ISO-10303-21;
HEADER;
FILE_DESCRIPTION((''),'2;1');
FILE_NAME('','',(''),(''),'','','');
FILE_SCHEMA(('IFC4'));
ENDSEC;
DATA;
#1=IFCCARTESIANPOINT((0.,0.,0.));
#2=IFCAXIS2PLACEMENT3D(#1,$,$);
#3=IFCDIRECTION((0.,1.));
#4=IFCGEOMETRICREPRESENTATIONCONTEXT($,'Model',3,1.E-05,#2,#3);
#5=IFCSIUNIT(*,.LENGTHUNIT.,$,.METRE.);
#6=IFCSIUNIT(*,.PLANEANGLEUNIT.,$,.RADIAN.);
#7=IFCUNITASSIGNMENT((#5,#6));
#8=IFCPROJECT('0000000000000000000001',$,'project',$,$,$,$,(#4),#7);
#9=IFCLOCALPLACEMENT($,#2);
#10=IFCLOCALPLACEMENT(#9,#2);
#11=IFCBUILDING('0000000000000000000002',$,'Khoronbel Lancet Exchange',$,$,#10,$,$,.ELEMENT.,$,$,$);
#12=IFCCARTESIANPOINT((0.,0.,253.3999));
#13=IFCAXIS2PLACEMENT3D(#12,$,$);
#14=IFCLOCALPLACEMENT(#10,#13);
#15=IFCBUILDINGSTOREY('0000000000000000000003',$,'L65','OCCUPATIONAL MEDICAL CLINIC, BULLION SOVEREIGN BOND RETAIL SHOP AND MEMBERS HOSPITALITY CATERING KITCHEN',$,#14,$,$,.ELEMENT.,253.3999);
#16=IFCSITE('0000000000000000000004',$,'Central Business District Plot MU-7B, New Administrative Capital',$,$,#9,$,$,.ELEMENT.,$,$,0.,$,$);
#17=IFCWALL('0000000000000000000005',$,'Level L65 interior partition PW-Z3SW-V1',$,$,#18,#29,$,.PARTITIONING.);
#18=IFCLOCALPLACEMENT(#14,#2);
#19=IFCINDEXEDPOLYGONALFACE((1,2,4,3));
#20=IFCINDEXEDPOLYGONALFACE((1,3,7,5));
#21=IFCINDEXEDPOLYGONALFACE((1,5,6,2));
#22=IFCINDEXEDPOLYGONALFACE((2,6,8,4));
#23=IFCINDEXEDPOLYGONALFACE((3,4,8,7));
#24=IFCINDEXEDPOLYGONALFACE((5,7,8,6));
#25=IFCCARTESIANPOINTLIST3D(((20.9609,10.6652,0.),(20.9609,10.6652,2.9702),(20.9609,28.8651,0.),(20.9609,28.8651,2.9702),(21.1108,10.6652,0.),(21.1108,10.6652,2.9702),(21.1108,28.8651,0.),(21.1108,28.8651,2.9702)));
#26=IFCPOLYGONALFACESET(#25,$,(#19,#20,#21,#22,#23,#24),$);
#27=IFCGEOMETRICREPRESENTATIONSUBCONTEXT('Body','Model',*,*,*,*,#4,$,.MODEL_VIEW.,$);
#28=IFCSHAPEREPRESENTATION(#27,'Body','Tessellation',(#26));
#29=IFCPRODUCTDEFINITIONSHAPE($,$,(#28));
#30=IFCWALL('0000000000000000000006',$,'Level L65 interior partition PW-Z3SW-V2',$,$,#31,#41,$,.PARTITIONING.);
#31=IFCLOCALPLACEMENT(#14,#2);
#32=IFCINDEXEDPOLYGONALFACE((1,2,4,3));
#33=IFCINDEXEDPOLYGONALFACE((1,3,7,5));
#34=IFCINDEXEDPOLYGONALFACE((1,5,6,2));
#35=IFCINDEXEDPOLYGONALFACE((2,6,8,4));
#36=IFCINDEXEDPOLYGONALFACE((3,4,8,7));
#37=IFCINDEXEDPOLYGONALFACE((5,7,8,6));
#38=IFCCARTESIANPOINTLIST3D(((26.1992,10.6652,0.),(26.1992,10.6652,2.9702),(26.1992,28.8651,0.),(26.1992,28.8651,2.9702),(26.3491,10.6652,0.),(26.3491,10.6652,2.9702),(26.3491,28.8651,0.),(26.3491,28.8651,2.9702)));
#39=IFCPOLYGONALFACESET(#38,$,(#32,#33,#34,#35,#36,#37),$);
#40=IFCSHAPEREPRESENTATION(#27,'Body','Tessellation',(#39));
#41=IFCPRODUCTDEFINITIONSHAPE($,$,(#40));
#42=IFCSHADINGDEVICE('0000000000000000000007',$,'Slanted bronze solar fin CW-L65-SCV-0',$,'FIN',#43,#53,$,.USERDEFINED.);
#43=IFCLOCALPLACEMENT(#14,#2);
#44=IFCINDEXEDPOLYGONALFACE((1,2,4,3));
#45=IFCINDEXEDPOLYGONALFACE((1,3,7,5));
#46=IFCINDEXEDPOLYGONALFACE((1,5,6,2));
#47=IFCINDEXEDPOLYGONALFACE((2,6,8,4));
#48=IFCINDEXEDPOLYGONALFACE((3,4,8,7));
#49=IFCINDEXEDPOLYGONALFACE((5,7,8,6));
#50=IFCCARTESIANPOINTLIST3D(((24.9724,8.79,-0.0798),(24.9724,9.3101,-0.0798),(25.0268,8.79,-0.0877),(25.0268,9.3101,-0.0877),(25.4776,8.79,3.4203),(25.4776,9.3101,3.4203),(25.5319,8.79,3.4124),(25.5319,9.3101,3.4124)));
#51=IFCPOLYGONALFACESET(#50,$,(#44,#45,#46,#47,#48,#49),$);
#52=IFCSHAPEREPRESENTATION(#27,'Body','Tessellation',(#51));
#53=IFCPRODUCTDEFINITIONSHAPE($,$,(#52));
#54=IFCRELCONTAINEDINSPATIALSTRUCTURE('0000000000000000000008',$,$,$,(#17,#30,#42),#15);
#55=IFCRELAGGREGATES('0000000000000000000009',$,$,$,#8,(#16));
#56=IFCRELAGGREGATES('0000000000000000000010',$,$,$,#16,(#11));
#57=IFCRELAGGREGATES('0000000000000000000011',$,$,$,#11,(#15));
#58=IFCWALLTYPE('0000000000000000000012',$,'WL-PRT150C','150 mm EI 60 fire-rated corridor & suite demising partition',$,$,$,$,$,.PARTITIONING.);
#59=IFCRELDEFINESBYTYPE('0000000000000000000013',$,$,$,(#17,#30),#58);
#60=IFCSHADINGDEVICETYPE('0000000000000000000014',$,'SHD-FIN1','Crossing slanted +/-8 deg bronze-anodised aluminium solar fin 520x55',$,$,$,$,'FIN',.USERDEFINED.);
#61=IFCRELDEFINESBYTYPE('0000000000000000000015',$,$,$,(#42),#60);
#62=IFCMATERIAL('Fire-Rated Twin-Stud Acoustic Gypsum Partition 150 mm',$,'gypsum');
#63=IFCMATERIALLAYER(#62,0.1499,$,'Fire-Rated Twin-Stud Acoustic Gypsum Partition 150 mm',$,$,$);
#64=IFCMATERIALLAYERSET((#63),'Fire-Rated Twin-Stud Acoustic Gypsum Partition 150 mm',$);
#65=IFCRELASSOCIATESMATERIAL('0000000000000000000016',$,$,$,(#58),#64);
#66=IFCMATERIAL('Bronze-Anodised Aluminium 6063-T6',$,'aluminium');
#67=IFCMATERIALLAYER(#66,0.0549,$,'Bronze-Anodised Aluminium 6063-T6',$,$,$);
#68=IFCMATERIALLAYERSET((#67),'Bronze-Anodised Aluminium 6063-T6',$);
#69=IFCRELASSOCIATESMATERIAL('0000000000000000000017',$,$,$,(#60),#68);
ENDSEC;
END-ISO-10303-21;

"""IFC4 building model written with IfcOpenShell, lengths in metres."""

from ifc_helpers import new_model, si_unit, direction, frame, frame_2d, origin, place, context, subcontext, project, spatial, polyline, rectangle, outline, extrude, material, layer, layer_set, type_object, element, save


model = new_model("IFC4")

# Units and contexts
model_context = context("Model", 3, precision=1e-05, world=origin(), true_north=direction((0.0, 1.0)))
body_context = subcontext(model_context, "Body", "Model", "MODEL_VIEW")
ifc_project = project(units=[si_unit("LENGTHUNIT", "METRE"), si_unit("PLANEANGLEUNIT", "RADIAN")], contexts=[model_context])

# Site, building, storey
site_placement = place(None, origin())
site = spatial("IfcSite", under=ifc_project, at=site_placement, Name="Central Business District Plot MU-7B, New Administrative Capital", CompositionType="ELEMENT", RefElevation=0.0)
building_placement = place(site_placement, origin())
building = spatial("IfcBuilding", under=site, at=building_placement, Name="Khoronbel Lancet Exchange", CompositionType="ELEMENT")
storey_placement = place(building_placement, frame((0.0, 0.0, 253.3999)))
storey = spatial("IfcBuildingStorey", under=building, at=storey_placement, Name="L65", Description="OCCUPATIONAL MEDICAL CLINIC, BULLION SOVEREIGN BOND RETAIL SHOP AND MEMBERS HOSPITALITY CATERING KITCHEN", CompositionType="ELEMENT", Elevation=253.3999)

# Shared definitions
ifc_material_1 = material(Name="Bronze-Anodised Aluminium 6063-T6", Category="aluminium")

# Walls
ifc_material_2 = material(Name="Fire-Rated Twin-Stud Acoustic Gypsum Partition 150 mm", Category="gypsum")
ifc_layer_1 = layer(ifc_material_2, 0.1499, Name="Fire-Rated Twin-Stud Acoustic Gypsum Partition 150 mm")
ifc_layer_set_1 = layer_set([ifc_layer_1], Name="Fire-Rated Twin-Stud Acoustic Gypsum Partition 150 mm")
wall_type = type_object("IfcWallType", Name="WL-PRT150C", Description="150 mm EI 60 fire-rated corridor & suite demising partition", PredefinedType="PARTITIONING", material=ifc_layer_set_1)
for number, where, z_axis, x_axis, name in (
    (1, (21.0359, 10.665, 0.0), (0.0, 0.0, 1.0), (0.0, 1.0, 0.0), "Level L65 interior partition PW-Z3SW-V1"),
    (2, (26.2742, 10.665, 0.0), (0.0, 0.0, 1.0), (0.0, 1.0, 0.0), "Level L65 interior partition PW-Z3SW-V2"),
):
    element("IfcWall", number, at=place(storey_placement, frame(where, z_axis=z_axis, x_axis=x_axis)), inside=storey, type_object=wall_type, Name=name, PredefinedType="PARTITIONING", context=body_context, shape_type="SweptSolid", body=[
        extrude(rectangle(XDim=18.2, YDim=0.1499, at=frame_2d((9.1001, 0.0))), origin(), (0.0, 0.0, 1.0), 2.9702),
    ])

# Shading device
ifc_layer_2 = layer(ifc_material_1, 0.0549, Name="Bronze-Anodised Aluminium 6063-T6")
ifc_layer_set_2 = layer_set([ifc_layer_2], Name="Bronze-Anodised Aluminium 6063-T6")
shading_device_type = type_object("IfcShadingDeviceType", Name="SHD-FIN1", Description="Crossing slanted +/-8 deg bronze-anodised aluminium solar fin 520x55", ElementType="FIN", PredefinedType="USERDEFINED", material=ifc_layer_set_2)
shading_device_placement = place(storey_placement, frame((24.9724, 9.3101, -0.0798), z_axis=(-0.989745, 0.0, 0.142842), x_axis=(0.0, -1.0, 0.0)))
element("IfcShadingDevice", 3, at=shading_device_placement, inside=storey, type_object=shading_device_type, Name="Slanted bronze solar fin CW-L65-SCV-0", ObjectType="FIN", PredefinedType="USERDEFINED", context=body_context, shape_type="SweptSolid", body=[
    extrude(outline(polyline([(0.0, 0.0), (0.52, 0.0), (0.52, 3.5364), (0.0, 3.5364), (0.0, 0.0)])), origin(), (0.0, 0.0, -1.0), 0.0549),
])

save(model, "model.ifc")
